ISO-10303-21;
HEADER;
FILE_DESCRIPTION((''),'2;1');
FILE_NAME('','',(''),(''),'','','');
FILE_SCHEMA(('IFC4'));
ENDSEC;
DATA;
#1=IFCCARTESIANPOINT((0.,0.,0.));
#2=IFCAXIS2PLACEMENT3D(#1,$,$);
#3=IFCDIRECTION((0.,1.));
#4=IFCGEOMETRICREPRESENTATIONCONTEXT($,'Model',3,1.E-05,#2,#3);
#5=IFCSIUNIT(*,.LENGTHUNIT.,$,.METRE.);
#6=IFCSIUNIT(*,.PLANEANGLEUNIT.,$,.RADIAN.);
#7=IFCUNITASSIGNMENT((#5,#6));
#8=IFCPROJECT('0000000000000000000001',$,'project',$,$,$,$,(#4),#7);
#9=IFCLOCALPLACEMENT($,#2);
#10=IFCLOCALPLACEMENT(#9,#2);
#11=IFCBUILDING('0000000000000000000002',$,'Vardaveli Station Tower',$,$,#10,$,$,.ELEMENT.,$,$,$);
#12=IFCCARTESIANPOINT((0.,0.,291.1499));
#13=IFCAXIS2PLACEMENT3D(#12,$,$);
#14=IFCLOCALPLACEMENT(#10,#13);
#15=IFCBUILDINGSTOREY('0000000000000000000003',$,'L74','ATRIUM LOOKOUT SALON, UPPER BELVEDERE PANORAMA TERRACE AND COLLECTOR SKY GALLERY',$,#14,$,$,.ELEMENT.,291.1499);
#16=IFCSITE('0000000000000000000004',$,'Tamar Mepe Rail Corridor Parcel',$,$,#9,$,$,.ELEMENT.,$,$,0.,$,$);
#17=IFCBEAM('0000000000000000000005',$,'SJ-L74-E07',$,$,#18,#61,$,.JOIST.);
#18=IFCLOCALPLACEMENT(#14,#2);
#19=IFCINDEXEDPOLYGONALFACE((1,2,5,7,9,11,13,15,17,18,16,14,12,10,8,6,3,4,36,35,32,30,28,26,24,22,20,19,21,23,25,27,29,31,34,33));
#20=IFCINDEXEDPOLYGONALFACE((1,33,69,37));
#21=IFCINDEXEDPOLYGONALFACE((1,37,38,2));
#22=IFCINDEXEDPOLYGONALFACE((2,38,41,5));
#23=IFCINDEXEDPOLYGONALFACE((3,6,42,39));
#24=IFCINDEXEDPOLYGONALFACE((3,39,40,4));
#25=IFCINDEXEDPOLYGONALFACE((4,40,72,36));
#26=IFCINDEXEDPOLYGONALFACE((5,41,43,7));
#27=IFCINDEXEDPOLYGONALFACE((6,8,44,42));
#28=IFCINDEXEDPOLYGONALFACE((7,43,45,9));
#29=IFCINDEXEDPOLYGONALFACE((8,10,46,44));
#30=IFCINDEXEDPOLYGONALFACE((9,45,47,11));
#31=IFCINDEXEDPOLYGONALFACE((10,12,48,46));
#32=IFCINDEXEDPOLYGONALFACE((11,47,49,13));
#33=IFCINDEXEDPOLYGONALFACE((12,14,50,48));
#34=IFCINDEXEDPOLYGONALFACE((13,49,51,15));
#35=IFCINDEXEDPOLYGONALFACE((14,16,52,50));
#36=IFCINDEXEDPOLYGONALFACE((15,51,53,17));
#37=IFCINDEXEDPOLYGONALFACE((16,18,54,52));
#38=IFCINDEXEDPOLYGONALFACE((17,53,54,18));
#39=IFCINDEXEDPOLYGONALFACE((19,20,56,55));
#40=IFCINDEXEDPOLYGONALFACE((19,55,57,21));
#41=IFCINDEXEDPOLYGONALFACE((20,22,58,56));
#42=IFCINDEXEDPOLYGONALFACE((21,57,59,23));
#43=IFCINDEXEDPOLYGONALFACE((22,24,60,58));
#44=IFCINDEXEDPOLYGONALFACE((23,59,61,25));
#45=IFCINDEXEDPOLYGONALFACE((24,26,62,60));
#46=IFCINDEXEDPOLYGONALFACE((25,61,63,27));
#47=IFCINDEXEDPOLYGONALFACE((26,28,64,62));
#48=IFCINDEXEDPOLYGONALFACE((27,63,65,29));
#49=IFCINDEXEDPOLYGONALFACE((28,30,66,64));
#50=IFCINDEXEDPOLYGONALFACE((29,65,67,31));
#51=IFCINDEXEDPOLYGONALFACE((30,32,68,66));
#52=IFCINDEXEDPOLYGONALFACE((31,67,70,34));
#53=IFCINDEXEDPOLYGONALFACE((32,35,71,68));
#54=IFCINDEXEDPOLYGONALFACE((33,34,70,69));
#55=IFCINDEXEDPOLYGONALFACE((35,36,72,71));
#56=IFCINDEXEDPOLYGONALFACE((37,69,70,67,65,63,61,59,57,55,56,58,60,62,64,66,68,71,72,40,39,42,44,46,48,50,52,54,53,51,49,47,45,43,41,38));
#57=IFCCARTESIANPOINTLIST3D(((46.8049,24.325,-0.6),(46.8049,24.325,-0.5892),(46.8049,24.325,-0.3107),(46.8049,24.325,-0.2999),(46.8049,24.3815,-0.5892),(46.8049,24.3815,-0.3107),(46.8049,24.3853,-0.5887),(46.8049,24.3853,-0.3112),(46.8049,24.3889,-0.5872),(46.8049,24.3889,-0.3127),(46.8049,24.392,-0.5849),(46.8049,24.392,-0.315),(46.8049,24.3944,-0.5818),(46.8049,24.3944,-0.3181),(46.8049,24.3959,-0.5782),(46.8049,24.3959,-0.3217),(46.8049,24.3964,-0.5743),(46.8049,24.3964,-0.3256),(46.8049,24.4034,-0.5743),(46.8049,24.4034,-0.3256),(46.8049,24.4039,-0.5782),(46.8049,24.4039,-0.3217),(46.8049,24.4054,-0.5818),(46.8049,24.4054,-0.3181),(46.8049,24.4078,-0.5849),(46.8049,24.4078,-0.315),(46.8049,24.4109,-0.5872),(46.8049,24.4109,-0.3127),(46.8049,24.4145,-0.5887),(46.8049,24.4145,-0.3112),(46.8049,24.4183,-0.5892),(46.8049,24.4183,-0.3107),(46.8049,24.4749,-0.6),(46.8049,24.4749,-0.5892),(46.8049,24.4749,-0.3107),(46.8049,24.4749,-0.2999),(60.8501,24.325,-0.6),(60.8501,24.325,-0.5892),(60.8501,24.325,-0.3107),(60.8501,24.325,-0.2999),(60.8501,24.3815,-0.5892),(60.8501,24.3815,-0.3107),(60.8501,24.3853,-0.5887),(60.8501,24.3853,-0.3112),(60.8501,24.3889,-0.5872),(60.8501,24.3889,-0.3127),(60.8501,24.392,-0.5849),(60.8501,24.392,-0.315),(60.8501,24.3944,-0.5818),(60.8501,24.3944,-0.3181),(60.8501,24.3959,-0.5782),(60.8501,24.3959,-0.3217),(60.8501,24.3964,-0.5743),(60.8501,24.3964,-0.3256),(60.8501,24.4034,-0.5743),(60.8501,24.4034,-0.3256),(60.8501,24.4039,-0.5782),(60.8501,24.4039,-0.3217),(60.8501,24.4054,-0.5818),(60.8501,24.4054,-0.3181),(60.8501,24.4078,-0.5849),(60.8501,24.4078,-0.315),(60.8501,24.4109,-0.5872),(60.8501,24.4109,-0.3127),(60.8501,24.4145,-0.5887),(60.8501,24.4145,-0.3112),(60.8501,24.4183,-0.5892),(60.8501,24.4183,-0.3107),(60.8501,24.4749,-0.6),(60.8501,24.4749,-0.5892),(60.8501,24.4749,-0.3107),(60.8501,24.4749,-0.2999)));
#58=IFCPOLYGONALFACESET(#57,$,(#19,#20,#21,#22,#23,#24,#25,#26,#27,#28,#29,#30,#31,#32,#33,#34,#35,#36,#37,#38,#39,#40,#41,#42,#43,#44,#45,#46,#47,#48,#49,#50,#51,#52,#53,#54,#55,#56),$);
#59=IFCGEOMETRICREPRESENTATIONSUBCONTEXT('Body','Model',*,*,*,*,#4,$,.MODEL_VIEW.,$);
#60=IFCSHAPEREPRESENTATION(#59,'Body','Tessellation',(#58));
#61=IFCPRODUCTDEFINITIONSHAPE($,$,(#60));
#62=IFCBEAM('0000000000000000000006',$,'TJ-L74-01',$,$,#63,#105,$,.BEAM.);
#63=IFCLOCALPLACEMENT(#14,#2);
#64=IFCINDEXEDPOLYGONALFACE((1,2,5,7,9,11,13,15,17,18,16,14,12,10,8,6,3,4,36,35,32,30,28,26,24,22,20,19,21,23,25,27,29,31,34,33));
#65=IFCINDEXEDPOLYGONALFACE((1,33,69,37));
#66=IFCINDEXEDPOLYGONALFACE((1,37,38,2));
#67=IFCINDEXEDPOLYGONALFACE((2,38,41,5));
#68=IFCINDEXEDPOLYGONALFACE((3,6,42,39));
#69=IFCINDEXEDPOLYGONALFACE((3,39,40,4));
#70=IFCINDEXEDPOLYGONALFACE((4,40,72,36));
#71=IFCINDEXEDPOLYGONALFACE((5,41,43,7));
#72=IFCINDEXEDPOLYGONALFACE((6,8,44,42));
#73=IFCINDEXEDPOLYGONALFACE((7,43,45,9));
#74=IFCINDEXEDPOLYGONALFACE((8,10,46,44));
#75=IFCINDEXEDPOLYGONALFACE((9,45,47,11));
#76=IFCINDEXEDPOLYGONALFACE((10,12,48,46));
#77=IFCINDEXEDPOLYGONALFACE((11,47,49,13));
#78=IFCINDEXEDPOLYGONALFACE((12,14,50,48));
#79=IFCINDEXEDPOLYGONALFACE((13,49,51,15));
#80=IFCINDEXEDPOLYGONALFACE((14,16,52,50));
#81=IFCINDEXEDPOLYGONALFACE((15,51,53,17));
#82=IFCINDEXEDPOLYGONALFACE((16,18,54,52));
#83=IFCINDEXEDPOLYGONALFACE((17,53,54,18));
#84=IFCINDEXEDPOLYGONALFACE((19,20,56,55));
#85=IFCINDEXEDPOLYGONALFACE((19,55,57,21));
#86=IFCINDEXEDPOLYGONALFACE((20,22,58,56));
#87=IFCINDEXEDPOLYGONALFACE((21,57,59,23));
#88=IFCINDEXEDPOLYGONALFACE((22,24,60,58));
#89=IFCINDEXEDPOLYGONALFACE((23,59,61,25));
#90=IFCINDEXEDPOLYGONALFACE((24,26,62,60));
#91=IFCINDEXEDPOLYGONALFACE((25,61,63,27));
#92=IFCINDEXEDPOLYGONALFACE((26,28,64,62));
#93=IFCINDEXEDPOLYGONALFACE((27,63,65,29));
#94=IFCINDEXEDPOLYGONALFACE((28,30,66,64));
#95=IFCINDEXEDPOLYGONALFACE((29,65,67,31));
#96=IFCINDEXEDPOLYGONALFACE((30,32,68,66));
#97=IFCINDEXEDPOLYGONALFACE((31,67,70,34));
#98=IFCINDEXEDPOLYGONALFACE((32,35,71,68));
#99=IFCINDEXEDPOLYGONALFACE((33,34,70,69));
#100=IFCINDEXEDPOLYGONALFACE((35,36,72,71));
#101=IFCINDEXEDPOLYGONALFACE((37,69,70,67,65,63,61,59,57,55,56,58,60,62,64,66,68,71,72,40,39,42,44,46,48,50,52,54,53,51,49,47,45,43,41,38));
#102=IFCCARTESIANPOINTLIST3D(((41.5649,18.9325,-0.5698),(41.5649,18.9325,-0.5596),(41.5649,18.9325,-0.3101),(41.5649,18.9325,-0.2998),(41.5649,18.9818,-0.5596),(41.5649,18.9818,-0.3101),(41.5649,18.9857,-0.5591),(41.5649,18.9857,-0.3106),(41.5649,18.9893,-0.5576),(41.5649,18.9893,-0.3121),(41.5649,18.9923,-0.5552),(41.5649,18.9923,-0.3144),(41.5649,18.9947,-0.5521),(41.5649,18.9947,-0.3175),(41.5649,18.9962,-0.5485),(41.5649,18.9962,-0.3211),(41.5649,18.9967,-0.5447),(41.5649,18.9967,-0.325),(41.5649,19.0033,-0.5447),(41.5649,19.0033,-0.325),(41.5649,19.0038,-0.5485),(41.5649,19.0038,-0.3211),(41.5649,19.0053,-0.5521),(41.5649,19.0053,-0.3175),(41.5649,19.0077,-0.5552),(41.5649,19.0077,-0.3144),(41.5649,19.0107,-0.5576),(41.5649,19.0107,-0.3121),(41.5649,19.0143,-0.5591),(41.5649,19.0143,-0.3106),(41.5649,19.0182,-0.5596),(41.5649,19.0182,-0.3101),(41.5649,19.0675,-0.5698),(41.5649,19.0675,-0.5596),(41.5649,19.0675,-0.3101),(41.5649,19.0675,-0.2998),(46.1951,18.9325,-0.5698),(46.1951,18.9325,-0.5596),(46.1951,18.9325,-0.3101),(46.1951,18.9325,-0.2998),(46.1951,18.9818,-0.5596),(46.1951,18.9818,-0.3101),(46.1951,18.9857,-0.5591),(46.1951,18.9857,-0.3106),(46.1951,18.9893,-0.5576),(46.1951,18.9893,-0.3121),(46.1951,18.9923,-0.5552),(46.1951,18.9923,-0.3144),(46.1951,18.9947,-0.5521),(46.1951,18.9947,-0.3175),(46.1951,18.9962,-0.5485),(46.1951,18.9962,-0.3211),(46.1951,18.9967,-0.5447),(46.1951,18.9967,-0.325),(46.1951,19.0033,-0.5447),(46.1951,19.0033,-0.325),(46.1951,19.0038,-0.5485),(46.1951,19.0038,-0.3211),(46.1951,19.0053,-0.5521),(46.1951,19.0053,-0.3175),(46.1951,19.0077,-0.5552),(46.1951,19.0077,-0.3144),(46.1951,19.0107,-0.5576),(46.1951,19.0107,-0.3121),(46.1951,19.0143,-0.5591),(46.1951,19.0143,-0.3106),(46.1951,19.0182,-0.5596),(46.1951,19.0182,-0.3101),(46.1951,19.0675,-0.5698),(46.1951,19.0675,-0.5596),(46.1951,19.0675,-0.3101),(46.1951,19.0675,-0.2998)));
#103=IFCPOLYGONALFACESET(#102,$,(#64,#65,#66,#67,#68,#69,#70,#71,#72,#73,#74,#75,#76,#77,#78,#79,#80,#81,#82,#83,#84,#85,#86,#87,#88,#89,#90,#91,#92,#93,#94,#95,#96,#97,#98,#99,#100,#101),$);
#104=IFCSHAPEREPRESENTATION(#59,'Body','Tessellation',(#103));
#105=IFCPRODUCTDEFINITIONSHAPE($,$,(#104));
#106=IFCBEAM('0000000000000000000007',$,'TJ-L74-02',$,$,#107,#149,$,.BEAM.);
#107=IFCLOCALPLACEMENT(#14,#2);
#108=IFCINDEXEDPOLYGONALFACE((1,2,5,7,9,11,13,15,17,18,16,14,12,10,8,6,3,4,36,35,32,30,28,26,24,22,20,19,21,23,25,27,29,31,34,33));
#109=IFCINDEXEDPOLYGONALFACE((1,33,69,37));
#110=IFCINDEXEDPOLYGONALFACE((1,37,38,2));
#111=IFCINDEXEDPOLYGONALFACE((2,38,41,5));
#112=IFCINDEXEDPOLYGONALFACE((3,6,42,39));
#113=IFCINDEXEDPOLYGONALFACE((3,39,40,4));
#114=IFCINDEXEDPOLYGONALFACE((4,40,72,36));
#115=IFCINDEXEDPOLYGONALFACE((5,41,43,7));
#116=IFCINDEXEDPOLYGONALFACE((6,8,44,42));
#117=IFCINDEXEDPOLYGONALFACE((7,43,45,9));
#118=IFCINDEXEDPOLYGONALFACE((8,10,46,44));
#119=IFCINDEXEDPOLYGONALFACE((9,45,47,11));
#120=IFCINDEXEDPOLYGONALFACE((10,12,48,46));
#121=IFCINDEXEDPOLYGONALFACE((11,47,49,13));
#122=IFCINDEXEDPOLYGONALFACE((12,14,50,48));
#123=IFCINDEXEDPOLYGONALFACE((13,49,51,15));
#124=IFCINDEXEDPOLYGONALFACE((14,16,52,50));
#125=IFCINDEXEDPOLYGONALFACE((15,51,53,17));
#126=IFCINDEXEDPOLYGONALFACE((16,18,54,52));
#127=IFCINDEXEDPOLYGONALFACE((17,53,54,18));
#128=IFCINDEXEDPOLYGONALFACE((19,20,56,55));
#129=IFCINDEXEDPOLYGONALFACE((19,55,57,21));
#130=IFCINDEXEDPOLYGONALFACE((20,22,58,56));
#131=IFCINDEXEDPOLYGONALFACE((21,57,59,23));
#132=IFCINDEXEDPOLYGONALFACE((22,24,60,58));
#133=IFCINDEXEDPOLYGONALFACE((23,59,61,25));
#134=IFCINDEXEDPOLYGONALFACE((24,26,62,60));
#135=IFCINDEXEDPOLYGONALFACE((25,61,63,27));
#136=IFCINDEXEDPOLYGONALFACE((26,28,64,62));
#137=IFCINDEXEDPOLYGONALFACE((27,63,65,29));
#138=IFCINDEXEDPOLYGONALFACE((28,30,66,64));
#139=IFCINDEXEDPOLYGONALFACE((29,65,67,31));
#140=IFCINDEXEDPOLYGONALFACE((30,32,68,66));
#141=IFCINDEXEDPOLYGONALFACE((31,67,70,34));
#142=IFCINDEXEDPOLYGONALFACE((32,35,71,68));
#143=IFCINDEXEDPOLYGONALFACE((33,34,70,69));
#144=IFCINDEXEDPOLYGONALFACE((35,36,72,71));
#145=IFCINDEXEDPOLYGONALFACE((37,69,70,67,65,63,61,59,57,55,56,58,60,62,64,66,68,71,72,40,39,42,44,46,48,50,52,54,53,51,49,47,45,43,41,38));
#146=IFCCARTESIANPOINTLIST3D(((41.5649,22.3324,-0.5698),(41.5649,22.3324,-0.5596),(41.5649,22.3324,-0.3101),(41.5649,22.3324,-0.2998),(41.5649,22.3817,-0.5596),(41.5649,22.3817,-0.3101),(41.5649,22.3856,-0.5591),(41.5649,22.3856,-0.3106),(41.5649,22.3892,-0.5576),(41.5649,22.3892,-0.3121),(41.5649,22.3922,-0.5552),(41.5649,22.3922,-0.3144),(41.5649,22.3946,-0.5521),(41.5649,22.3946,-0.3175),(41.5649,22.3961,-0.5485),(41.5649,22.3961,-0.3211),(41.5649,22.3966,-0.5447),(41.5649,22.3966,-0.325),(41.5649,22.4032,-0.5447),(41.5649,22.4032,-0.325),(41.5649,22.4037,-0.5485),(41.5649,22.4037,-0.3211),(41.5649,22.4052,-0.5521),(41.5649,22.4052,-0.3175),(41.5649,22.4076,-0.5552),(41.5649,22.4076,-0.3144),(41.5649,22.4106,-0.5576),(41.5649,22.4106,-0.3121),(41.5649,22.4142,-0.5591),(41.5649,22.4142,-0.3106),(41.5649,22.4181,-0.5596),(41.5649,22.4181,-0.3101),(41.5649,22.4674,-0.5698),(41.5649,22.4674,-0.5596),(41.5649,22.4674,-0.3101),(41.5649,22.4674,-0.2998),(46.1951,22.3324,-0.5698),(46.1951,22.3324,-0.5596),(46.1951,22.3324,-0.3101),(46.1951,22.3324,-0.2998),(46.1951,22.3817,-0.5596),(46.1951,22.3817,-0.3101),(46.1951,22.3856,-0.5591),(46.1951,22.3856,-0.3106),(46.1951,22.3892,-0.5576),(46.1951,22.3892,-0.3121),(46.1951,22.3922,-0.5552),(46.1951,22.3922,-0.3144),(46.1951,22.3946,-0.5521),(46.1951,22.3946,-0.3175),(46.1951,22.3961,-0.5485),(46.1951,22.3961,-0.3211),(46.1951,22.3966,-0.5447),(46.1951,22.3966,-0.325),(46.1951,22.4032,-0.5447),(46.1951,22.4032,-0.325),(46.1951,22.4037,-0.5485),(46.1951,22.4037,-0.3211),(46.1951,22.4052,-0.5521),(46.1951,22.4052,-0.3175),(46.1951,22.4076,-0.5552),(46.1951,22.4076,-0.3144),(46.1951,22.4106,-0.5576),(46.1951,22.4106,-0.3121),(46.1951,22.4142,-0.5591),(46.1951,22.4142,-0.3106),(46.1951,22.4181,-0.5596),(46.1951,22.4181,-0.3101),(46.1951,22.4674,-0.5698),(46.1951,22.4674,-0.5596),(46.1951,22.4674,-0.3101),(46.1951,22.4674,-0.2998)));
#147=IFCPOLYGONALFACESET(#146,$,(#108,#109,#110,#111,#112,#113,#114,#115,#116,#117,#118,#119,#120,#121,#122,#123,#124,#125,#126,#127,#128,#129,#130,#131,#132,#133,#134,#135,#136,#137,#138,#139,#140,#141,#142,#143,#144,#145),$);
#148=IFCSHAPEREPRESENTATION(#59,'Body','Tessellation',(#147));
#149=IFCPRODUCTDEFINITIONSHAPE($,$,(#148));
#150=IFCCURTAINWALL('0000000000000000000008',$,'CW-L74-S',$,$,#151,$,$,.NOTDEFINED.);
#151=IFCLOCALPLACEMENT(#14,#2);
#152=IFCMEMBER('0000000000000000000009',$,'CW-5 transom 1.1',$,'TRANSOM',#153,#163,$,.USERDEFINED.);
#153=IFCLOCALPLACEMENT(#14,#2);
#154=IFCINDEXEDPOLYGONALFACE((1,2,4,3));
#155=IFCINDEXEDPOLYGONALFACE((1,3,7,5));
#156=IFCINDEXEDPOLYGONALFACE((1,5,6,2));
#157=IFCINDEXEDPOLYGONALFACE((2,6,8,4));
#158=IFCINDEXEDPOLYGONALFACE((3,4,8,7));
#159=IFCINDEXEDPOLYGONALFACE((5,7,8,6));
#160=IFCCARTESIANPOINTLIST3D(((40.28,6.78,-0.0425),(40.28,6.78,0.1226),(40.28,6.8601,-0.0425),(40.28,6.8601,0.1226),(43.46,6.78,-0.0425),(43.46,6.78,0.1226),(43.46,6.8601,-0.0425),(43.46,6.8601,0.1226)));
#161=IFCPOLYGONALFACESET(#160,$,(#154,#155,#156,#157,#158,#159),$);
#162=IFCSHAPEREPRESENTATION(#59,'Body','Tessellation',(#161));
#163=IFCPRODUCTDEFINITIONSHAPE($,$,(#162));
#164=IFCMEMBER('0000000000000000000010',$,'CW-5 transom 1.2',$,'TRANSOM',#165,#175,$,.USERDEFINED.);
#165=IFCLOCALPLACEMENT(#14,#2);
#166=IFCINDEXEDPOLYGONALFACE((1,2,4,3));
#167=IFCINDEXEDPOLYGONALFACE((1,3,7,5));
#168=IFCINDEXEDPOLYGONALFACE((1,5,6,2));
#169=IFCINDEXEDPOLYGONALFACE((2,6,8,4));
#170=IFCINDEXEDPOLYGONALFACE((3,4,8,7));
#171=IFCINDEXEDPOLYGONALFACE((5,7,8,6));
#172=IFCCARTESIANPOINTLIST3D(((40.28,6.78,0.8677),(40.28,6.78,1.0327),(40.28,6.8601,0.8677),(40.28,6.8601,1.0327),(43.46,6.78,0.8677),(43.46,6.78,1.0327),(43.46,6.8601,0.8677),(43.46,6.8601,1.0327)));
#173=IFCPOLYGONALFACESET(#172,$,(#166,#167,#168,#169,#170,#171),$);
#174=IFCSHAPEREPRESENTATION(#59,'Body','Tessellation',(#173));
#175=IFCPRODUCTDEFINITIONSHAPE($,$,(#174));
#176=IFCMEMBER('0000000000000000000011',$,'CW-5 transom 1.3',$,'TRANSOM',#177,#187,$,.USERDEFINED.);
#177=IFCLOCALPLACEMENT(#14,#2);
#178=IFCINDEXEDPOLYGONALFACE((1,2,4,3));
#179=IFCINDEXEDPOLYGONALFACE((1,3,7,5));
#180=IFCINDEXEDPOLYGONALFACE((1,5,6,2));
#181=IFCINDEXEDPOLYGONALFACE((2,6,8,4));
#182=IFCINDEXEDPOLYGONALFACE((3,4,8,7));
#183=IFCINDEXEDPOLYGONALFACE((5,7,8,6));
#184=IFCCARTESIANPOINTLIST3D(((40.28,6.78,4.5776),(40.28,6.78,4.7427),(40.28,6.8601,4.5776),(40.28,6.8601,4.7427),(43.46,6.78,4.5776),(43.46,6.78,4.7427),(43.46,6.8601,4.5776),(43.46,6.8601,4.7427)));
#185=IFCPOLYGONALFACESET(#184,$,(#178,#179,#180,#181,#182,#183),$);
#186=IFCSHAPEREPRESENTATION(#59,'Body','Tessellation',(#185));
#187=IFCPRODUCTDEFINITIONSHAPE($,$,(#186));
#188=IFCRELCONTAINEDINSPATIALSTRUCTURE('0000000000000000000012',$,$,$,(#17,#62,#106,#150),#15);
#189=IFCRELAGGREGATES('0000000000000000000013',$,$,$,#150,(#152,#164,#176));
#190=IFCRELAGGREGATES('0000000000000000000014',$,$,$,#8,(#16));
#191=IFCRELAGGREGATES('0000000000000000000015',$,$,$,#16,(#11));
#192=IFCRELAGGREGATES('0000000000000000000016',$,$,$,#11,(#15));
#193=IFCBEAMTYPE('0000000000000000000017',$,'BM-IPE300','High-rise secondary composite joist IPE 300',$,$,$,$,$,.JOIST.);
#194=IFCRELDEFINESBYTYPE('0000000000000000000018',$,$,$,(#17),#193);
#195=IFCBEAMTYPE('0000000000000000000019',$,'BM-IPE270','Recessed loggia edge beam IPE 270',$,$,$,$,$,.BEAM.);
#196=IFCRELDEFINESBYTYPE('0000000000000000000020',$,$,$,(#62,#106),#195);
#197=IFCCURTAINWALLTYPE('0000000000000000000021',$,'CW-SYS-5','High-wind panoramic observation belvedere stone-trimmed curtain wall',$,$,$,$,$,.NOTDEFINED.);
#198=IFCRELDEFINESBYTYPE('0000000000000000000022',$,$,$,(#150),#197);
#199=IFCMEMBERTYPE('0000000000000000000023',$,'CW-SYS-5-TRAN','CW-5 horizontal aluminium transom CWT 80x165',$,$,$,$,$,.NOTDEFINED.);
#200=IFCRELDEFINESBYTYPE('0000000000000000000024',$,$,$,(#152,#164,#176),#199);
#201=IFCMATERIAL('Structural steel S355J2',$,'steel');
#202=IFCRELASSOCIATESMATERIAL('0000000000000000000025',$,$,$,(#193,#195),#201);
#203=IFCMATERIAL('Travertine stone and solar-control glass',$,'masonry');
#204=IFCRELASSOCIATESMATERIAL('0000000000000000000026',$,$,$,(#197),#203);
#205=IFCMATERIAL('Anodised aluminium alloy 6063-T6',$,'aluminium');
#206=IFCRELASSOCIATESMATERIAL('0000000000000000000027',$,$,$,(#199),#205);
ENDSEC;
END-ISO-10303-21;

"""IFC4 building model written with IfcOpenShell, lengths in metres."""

from ifc_helpers import new_model, si_unit, direction, frame, origin, origin_2d, place, context, subcontext, project, spatial, rectangle, i_section, extrude, source, transform, mapped, material, material_profile, profile_set, type_object, element, aggregate, save


model = new_model("IFC4")

# Units and contexts
model_context = context("Model", 3, precision=1e-05, world=origin(), true_north=direction((0.0, 1.0)))
body_context = subcontext(model_context, "Body", "Model", "MODEL_VIEW")
ifc_project = project(units=[si_unit("LENGTHUNIT", "METRE"), si_unit("PLANEANGLEUNIT", "RADIAN")], contexts=[model_context])

# Site, building, storey
site_placement = place(None, origin())
site = spatial("IfcSite", under=ifc_project, at=site_placement, Name="Tamar Mepe Rail Corridor Parcel", CompositionType="ELEMENT", RefElevation=0.0)
building_placement = place(site_placement, origin())
building = spatial("IfcBuilding", under=site, at=building_placement, Name="Vardaveli Station Tower", CompositionType="ELEMENT")
storey_placement = place(building_placement, frame((0.0, 0.0, 291.1499)))
storey = spatial("IfcBuildingStorey", under=building, at=storey_placement, Name="L74", Description="ATRIUM LOOKOUT SALON, UPPER BELVEDERE PANORAMA TERRACE AND COLLECTOR SKY GALLERY", CompositionType="ELEMENT", Elevation=291.1499)

# Shared definitions
ifc_material_1 = material(Name="Structural steel S355J2", Category="steel")

# Beams
ifc_material_profile_1 = material_profile(ifc_material_1, i_section(OverallWidth=0.1499, OverallDepth=0.3, WebThickness=0.0071, FlangeThickness=0.0107, FilletRadius=0.0149, at=origin_2d()), Name="IPE 300")
ifc_profile_set_1 = profile_set([ifc_material_profile_1], Name="Structural steel S355J2")
beam_type_1 = type_object("IfcBeamType", Name="BM-IPE300", Description="High-rise secondary composite joist IPE 300", PredefinedType="JOIST", material=ifc_profile_set_1)
shared_shape_1 = source(origin(), body_context, "Body", "SweptSolid", [
    extrude(i_section(OverallWidth=0.1499, OverallDepth=0.3, WebThickness=0.0071, FlangeThickness=0.0107, FilletRadius=0.0149, at=origin_2d()), origin(), (0.0, 0.0, 1.0), 14.0452),
])
for number, where, z_axis, x_axis, name in (
    (1, (46.8049, 24.3999, -0.45), (1.0, 0.0, 0.0), (0.0, 1.0, 0.0), "SJ-L74-E07"),
):
    element("IfcBeam", number, at=place(storey_placement, frame(where, z_axis=z_axis, x_axis=x_axis)), inside=storey, type_object=beam_type_1, Name=name, PredefinedType="JOIST", context=body_context, shape_type="MappedRepresentation", body=[
        mapped(shared_shape_1, transform((0.0, 0.0, 0.0), scale=1.0)),
    ])
ifc_material_profile_2 = material_profile(ifc_material_1, i_section(OverallWidth=0.135, OverallDepth=0.27, WebThickness=0.0066, FlangeThickness=0.0103, FilletRadius=0.0149, at=origin_2d()), Name="IPE 270")
ifc_profile_set_2 = profile_set([ifc_material_profile_2], Name="Structural steel S355J2")
beam_type_2 = type_object("IfcBeamType", Name="BM-IPE270", Description="Recessed loggia edge beam IPE 270", PredefinedType="BEAM", material=ifc_profile_set_2)
shared_shape_2 = source(origin(), body_context, "Body", "SweptSolid", [
    extrude(i_section(OverallWidth=0.135, OverallDepth=0.27, WebThickness=0.0066, FlangeThickness=0.0103, FilletRadius=0.0149, at=origin_2d()), origin(), (0.0, 0.0, 1.0), 4.6301),
])
for number, where, z_axis, x_axis, name in (
    (2, (41.5649, 19.0, -0.4348), (1.0, 0.0, 0.0), (0.0, 1.0, 0.0), "TJ-L74-01"),
    (3, (41.5649, 22.3999, -0.4348), (1.0, 0.0, 0.0), (0.0, 1.0, 0.0), "TJ-L74-02"),
):
    element("IfcBeam", number, at=place(storey_placement, frame(where, z_axis=z_axis, x_axis=x_axis)), inside=storey, type_object=beam_type_2, Name=name, PredefinedType="BEAM", context=body_context, shape_type="MappedRepresentation", body=[
        mapped(shared_shape_2, transform((0.0, 0.0, 0.0), scale=1.0)),
    ])

# Curtain wall, members
ifc_material_2 = material(Name="Travertine stone and solar-control glass", Category="masonry")
curtain_wall_type = type_object("IfcCurtainWallType", Name="CW-SYS-5", Description="High-wind panoramic observation belvedere stone-trimmed curtain wall", PredefinedType="NOTDEFINED", material=ifc_material_2)
curtain_wall_placement = place(storey_placement, origin())
curtain_wall = element("IfcCurtainWall", 4, at=curtain_wall_placement, inside=storey, type_object=curtain_wall_type, Name="CW-L74-S", PredefinedType="NOTDEFINED")
ifc_material_3 = material(Name="Anodised aluminium alloy 6063-T6", Category="aluminium")
ifc_material_profile_3 = material_profile(ifc_material_3, rectangle(XDim=0.0801, YDim=0.165, at=origin_2d()), Name="CWT 80x165")
ifc_profile_set_3 = profile_set([ifc_material_profile_3], Name="Anodised aluminium alloy 6063-T6")
member_type_1 = type_object("IfcMemberType", Name="CW-SYS-5-TRAN", Description="CW-5 horizontal aluminium transom CWT 80x165", PredefinedType="NOTDEFINED", material=ifc_profile_set_3)
shared_shape_3 = source(origin(), body_context, "Body", "SweptSolid", [
    extrude(rectangle(XDim=0.0801, YDim=0.165, at=origin_2d()), origin(), (0.0, 0.0, 1.0), 3.1799),
])
member_1_placement = place(storey_placement, frame((40.28, 6.8201, 0.04), z_axis=(1.0, 0.0, 0.0), x_axis=(0.0, 1.0, 0.0)))
member_1 = element("IfcMember", 5, at=member_1_placement, type_object=member_type_1, Name="CW-5 transom 1.1", ObjectType="TRANSOM", PredefinedType="USERDEFINED", context=body_context, shape_type="MappedRepresentation", body=[
    mapped(shared_shape_3, transform((0.0, 0.0, 0.0), scale=1.0)),
])
member_2_placement = place(storey_placement, frame((40.28, 6.8201, 0.9502), z_axis=(1.0, 0.0, 0.0), x_axis=(0.0, 1.0, 0.0)))
member_2 = element("IfcMember", 6, at=member_2_placement, type_object=member_type_1, Name="CW-5 transom 1.2", ObjectType="TRANSOM", PredefinedType="USERDEFINED", context=body_context, shape_type="MappedRepresentation", body=[
    mapped(shared_shape_3, transform((0.0, 0.0, 0.0), scale=1.0)),
])
member_3_placement = place(storey_placement, frame((40.28, 6.8201, 4.6602), z_axis=(1.0, 0.0, 0.0), x_axis=(0.0, 1.0, 0.0)))
member_3 = element("IfcMember", 7, at=member_3_placement, type_object=member_type_1, Name="CW-5 transom 1.3", ObjectType="TRANSOM", PredefinedType="USERDEFINED", context=body_context, shape_type="MappedRepresentation", body=[
    mapped(shared_shape_3, transform((0.0, 0.0, 0.0), scale=1.0)),
])
aggregate(curtain_wall, [member_1, member_2, member_3])

save(model, "model.ifc")
